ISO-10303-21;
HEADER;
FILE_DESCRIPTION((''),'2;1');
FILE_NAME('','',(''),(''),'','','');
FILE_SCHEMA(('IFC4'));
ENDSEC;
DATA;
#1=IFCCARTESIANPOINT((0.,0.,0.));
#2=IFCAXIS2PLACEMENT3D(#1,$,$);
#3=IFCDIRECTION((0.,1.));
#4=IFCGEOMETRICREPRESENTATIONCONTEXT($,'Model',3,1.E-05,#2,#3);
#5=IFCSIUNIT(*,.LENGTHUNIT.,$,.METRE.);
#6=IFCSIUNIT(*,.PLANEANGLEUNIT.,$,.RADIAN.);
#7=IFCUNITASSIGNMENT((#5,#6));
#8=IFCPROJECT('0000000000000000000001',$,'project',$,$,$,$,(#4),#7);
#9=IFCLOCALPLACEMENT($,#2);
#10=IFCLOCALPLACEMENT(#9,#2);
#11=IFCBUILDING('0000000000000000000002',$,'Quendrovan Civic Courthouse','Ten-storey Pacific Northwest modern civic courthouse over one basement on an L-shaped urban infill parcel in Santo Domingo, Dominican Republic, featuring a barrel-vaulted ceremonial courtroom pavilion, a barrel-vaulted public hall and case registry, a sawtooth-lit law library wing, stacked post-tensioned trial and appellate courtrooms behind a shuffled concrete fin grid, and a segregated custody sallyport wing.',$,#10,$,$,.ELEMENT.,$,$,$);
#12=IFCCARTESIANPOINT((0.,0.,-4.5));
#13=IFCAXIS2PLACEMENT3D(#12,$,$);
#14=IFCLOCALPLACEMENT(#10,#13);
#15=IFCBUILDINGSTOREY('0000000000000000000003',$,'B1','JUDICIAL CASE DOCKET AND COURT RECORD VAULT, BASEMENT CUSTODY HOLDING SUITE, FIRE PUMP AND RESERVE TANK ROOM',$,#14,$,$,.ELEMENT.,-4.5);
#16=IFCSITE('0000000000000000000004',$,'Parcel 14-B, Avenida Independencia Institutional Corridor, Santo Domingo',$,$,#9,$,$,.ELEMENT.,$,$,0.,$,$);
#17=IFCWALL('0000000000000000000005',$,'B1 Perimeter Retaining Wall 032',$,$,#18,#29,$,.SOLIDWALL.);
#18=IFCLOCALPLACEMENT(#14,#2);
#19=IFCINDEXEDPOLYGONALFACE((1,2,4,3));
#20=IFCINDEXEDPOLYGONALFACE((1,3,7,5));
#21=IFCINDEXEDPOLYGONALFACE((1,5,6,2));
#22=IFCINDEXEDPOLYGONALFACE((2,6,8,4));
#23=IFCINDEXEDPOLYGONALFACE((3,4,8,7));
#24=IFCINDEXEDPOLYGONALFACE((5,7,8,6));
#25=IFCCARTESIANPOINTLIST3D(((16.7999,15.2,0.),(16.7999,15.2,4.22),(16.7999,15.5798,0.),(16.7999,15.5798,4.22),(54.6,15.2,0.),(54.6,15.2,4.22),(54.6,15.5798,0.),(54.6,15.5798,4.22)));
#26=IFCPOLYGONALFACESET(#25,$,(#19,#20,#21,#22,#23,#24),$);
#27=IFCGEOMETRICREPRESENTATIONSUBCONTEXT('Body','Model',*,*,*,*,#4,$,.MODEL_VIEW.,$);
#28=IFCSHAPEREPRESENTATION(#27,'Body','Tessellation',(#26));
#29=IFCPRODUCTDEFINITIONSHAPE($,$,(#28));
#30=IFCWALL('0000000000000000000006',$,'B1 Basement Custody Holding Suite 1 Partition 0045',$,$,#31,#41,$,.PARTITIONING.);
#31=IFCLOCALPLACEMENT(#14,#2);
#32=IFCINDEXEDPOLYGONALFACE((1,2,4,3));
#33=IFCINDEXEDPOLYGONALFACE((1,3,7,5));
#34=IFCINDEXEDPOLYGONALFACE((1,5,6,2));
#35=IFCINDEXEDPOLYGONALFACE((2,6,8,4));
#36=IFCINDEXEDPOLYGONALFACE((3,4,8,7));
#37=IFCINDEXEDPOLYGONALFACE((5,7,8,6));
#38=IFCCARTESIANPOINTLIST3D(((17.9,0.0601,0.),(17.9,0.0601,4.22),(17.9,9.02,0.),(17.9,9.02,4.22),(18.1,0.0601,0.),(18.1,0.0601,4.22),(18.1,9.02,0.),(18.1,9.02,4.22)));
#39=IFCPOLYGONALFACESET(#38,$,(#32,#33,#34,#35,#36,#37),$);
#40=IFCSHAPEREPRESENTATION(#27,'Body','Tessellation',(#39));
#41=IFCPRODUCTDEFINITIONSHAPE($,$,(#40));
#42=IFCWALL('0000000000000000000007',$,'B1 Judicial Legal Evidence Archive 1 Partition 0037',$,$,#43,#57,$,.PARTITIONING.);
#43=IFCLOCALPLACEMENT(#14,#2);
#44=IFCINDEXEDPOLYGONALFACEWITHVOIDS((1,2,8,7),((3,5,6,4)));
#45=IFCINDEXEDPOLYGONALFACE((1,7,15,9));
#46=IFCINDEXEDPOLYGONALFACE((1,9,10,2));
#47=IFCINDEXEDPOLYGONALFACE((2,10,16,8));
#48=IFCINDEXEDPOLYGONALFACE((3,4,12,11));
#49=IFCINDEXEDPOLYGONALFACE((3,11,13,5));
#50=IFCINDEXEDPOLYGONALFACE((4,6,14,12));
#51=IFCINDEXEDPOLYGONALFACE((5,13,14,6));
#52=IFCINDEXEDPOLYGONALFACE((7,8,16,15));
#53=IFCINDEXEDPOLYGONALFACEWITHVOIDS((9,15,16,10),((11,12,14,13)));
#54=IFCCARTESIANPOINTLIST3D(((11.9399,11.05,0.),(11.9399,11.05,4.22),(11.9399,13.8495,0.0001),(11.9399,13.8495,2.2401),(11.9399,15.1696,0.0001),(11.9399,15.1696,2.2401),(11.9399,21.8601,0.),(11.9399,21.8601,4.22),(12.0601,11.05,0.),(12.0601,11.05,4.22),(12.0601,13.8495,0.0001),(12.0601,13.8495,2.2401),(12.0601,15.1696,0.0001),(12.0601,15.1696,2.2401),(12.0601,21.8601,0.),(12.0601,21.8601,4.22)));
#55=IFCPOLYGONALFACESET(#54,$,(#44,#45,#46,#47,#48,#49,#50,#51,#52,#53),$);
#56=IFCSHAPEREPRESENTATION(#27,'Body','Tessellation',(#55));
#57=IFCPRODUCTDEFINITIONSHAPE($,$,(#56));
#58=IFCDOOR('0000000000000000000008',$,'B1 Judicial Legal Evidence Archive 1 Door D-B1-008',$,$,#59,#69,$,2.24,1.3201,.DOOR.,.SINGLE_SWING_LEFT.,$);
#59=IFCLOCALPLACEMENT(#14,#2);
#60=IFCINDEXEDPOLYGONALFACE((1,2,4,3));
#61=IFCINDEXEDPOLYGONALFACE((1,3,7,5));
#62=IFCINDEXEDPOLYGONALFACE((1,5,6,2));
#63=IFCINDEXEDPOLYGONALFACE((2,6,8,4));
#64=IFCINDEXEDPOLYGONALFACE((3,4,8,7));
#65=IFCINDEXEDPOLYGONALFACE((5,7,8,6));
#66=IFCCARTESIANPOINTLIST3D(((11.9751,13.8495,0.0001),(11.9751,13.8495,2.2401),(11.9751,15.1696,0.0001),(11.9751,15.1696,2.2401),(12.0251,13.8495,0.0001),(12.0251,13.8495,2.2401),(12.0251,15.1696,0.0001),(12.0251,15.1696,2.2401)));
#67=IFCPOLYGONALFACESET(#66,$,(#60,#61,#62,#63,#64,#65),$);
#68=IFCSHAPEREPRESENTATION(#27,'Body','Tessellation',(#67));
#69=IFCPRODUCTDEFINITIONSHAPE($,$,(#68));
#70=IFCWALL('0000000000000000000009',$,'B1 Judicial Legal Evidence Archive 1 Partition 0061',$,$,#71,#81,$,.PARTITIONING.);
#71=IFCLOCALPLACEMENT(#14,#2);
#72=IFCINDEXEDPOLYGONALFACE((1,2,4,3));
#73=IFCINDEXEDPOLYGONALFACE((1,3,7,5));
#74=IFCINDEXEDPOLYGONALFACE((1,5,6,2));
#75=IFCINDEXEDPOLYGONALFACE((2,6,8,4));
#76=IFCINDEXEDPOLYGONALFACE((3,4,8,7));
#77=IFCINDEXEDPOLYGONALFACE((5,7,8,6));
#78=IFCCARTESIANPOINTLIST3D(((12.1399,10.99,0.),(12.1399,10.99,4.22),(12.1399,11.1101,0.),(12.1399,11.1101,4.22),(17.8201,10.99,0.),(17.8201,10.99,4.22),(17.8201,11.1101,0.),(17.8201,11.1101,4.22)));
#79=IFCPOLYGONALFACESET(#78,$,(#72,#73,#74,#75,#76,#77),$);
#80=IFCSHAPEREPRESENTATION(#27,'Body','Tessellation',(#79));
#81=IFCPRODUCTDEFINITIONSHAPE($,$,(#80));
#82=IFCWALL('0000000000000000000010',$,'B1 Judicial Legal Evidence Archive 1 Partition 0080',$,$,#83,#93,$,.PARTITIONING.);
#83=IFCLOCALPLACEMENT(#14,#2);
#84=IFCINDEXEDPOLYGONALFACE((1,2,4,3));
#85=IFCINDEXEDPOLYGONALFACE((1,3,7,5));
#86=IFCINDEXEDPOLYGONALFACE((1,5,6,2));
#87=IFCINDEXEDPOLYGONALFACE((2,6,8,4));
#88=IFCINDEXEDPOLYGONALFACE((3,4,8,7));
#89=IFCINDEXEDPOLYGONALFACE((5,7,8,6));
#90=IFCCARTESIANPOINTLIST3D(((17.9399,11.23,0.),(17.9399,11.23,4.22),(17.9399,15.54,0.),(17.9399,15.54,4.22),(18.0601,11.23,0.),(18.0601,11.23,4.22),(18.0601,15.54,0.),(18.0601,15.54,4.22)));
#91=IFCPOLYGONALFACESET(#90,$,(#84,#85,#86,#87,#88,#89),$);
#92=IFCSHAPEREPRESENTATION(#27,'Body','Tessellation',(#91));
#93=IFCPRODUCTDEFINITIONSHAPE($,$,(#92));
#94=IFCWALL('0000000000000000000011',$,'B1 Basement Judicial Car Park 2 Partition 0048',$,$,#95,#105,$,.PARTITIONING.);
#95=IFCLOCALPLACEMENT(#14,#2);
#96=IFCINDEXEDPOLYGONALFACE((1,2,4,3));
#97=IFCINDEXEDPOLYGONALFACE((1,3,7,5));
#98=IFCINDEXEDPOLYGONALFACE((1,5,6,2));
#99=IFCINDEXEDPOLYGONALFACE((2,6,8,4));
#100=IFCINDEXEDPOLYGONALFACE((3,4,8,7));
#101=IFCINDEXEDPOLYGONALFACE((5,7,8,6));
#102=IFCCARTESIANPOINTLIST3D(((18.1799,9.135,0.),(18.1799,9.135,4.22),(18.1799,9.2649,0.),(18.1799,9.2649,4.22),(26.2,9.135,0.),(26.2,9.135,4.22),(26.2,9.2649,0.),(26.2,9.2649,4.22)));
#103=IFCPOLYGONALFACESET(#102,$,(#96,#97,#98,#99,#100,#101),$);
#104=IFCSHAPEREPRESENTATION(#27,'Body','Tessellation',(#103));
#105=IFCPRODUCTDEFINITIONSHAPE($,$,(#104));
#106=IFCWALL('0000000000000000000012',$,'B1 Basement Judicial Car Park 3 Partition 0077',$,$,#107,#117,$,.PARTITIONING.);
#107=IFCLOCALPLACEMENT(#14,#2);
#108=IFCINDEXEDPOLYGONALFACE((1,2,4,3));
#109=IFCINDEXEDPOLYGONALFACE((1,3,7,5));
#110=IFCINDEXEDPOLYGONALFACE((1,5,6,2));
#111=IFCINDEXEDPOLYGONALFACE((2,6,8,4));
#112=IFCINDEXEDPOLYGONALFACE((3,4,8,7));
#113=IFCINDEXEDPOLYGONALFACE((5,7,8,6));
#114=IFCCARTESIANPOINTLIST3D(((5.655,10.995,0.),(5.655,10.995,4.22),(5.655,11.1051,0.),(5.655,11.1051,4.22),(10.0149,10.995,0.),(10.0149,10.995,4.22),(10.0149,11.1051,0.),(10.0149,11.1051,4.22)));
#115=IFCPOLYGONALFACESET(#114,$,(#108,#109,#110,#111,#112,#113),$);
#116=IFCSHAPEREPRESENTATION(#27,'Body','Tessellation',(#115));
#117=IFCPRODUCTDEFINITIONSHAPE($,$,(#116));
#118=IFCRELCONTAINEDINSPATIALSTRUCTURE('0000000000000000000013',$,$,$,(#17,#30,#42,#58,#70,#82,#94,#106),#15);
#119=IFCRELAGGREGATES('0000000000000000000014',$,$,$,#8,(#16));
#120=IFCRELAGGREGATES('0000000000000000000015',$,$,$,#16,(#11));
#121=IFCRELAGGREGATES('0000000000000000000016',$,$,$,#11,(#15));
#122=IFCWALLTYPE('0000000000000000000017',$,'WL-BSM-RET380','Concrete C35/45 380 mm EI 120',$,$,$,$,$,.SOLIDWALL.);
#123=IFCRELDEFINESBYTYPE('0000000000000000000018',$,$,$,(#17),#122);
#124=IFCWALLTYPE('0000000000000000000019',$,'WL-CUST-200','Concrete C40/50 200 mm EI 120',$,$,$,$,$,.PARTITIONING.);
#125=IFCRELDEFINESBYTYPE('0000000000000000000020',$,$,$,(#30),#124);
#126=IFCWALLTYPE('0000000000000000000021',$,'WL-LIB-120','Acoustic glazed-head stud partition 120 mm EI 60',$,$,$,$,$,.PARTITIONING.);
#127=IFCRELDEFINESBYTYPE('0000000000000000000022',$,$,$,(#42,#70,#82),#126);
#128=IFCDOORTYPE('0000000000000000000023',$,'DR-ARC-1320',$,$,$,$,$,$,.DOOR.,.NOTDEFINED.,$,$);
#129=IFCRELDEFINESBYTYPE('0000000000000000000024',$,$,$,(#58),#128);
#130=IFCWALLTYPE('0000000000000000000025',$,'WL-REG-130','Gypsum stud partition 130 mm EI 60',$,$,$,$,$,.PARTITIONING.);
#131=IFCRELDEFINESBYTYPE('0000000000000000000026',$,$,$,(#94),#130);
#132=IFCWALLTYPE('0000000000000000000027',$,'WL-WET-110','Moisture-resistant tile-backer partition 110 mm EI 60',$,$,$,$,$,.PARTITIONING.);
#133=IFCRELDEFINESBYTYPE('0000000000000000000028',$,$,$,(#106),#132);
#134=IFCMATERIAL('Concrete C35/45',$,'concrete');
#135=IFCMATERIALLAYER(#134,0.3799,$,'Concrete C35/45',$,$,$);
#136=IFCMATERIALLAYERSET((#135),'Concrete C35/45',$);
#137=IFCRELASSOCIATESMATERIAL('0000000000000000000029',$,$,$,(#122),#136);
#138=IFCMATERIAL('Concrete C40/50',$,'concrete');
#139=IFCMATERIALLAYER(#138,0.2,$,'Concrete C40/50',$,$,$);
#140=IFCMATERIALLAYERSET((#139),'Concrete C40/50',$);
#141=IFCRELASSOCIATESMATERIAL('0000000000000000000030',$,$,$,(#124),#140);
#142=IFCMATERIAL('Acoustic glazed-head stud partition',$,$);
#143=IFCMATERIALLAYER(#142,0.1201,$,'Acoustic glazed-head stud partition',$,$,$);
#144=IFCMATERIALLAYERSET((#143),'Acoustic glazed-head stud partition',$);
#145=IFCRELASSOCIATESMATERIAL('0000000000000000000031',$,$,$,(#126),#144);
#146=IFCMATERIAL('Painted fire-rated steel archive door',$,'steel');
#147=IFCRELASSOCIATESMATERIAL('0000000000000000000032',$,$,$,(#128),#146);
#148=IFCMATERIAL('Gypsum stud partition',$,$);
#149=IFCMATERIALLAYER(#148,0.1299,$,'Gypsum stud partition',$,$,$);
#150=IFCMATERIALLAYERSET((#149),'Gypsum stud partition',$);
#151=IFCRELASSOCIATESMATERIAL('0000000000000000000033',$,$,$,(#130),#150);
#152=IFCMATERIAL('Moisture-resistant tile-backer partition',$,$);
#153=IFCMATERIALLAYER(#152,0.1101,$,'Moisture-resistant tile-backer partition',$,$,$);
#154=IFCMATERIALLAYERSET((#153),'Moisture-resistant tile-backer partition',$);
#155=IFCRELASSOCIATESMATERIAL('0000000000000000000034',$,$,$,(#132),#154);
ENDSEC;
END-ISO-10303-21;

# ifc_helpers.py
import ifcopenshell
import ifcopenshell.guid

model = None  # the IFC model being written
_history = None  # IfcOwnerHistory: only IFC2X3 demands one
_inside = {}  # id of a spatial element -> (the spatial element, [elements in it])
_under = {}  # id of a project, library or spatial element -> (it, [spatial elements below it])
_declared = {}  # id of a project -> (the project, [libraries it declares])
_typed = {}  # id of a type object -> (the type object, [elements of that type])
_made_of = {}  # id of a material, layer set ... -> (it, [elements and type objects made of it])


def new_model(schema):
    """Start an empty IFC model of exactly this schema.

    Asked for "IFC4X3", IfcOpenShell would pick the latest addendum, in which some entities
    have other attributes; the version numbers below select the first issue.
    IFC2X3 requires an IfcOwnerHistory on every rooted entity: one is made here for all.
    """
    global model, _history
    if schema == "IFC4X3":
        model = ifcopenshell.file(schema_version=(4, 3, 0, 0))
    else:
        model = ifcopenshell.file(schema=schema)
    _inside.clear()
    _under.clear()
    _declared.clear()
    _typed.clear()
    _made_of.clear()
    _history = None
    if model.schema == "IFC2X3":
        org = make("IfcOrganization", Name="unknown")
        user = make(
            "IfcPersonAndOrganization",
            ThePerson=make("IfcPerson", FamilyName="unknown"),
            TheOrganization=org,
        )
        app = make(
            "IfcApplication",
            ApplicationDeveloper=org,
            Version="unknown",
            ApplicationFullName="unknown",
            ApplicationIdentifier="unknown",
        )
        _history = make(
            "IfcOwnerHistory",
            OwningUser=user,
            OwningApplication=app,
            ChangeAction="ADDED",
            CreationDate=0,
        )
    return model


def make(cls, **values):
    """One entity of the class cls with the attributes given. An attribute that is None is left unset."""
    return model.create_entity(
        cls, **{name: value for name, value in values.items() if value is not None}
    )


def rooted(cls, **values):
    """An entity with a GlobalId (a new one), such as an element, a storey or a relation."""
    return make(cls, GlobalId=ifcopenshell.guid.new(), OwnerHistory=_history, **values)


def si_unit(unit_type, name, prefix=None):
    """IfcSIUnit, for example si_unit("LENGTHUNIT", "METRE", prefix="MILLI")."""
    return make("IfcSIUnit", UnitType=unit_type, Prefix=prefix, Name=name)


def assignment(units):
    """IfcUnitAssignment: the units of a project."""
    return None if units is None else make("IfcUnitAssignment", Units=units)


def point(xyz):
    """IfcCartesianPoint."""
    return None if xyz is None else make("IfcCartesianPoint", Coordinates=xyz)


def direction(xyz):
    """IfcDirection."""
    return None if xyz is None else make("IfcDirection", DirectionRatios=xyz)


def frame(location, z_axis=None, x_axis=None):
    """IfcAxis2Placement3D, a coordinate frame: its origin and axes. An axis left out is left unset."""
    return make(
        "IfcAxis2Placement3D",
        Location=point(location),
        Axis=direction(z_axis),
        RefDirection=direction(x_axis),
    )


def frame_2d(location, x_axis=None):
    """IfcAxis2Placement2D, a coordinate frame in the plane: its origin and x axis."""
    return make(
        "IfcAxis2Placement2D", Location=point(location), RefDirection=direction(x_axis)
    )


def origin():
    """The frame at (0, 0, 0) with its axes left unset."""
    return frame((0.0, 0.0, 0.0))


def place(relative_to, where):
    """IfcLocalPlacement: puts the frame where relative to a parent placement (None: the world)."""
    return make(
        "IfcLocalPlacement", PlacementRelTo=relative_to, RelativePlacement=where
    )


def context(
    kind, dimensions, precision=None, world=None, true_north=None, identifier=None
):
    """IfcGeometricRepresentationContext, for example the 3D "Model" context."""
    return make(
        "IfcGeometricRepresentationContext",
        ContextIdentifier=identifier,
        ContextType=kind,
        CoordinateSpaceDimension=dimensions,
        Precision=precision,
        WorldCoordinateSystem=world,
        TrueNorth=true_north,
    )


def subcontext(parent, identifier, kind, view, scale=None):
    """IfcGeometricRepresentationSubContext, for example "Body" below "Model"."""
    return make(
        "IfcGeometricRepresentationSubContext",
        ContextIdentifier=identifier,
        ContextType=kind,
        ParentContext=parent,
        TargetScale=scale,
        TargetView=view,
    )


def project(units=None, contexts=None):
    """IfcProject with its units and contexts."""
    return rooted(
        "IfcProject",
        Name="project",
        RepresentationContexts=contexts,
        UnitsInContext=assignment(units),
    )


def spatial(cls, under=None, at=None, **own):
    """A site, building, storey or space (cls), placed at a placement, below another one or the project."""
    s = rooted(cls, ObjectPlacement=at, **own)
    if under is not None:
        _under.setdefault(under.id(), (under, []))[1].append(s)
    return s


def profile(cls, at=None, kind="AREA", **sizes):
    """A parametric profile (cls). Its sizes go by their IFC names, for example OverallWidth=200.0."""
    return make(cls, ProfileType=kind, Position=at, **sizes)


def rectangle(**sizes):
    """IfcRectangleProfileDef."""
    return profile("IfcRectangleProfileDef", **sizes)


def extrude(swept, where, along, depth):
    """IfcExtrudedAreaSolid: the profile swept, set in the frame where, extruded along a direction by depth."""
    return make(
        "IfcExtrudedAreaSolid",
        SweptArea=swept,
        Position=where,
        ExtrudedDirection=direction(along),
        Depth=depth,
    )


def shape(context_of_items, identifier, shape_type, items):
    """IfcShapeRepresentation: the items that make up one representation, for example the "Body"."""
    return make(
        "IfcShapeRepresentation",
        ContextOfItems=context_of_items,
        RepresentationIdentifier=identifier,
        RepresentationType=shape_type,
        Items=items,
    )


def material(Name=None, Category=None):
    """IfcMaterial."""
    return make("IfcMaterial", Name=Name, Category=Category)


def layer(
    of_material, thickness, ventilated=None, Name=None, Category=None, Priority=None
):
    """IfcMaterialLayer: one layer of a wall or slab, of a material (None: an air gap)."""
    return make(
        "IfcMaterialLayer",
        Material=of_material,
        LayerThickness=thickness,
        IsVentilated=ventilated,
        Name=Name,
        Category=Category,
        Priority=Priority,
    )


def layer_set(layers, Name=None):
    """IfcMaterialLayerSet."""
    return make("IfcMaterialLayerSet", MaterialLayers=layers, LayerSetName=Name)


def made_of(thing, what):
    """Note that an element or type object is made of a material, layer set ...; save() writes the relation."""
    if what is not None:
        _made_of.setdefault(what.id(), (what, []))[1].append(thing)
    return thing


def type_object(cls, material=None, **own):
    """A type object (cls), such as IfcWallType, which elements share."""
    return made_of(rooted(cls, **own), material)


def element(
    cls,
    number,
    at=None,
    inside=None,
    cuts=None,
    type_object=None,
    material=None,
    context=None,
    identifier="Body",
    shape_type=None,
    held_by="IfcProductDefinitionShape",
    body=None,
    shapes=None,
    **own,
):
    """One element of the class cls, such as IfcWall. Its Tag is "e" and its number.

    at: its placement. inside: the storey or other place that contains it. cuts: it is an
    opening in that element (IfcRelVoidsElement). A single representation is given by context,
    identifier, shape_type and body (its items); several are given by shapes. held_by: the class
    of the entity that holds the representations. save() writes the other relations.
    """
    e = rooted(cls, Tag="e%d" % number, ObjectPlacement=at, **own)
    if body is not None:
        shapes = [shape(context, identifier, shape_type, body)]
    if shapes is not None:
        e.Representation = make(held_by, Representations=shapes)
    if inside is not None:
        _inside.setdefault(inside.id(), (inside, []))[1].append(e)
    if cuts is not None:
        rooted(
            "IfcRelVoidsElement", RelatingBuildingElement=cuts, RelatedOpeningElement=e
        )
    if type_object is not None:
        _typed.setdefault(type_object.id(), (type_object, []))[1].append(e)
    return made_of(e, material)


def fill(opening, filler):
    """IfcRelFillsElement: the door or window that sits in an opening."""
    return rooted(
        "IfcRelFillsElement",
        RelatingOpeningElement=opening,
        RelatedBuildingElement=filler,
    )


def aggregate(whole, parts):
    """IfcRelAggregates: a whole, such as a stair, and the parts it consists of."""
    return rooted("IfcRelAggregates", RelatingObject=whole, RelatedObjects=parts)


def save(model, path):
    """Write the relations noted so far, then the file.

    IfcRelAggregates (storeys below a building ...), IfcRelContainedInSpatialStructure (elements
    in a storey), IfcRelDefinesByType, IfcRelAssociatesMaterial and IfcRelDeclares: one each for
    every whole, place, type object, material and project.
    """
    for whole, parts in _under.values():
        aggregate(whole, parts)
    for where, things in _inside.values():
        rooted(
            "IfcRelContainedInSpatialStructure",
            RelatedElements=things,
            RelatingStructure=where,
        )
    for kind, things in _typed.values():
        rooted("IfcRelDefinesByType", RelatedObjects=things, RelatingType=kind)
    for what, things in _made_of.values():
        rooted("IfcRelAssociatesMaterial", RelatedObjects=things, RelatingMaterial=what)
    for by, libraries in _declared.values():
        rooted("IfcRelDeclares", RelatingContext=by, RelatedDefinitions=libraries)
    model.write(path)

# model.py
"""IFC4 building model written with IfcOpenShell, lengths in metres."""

from ifc_helpers import new_model, si_unit, direction, frame, frame_2d, origin, place, context, subcontext, project, spatial, rectangle, extrude, material, layer, layer_set, type_object, element, fill, save


model = new_model("IFC4")

# Units and contexts
model_context = context("Model", 3, precision=1e-05, world=origin(), true_north=direction((0.0, 1.0)))
body_context = subcontext(model_context, "Body", "Model", "MODEL_VIEW")
ifc_project = project(units=[si_unit("LENGTHUNIT", "METRE"), si_unit("PLANEANGLEUNIT", "RADIAN")], contexts=[model_context])

# Site, building, storey
site_placement = place(None, origin())
site = spatial("IfcSite", under=ifc_project, at=site_placement, Name="Parcel 14-B, Avenida Independencia Institutional Corridor, Santo Domingo", CompositionType="ELEMENT", RefElevation=0.0)
building_placement = place(site_placement, origin())
building = spatial("IfcBuilding", under=site, at=building_placement, Name="Quendrovan Civic Courthouse", Description="Ten-storey Pacific Northwest modern civic courthouse over one basement on an L-shaped urban infill parcel in Santo Domingo, Dominican Republic, featuring a barrel-vaulted ceremonial courtroom pavilion, a barrel-vaulted public hall and case registry, a sawtooth-lit law library wing, stacked post-tensioned trial and appellate courtrooms behind a shuffled concrete fin grid, and a segregated custody sallyport wing.", CompositionType="ELEMENT")
storey_placement = place(building_placement, frame((0.0, 0.0, -4.5)))
storey = spatial("IfcBuildingStorey", under=building, at=storey_placement, Name="B1", Description="JUDICIAL CASE DOCKET AND COURT RECORD VAULT, BASEMENT CUSTODY HOLDING SUITE, FIRE PUMP AND RESERVE TANK ROOM", CompositionType="ELEMENT", Elevation=-4.5)

# Shared definitions
ifc_material_1 = material(Name="Concrete C35/45", Category="concrete")

# Shared definitions
ifc_material_2 = material(Name="Concrete C40/50", Category="concrete")

# Walls
ifc_layer_1 = layer(ifc_material_1, 0.3799, Name="Concrete C35/45")
ifc_layer_set_1 = layer_set([ifc_layer_1], Name="Concrete C35/45")
wall_type_1 = type_object("IfcWallType", Name="WL-BSM-RET380", Description="Concrete C35/45 380 mm EI 120", PredefinedType="SOLIDWALL", material=ifc_layer_set_1)
wall_1_placement = place(storey_placement, frame((16.8, 15.3899, 0.0), z_axis=(0.0, 0.0, 1.0), x_axis=(1.0, 0.0, 0.0)))
element("IfcWall", 1, at=wall_1_placement, inside=storey, type_object=wall_type_1, Name="B1 Perimeter Retaining Wall 032", PredefinedType="SOLIDWALL", context=body_context, shape_type="SweptSolid", body=[
    extrude(rectangle(XDim=37.8, YDim=0.3799, at=frame_2d((18.8999, 0.0))), origin(), (0.0, 0.0, 1.0), 4.22),
])
ifc_layer_2 = layer(ifc_material_2, 0.2, Name="Concrete C40/50")
ifc_layer_set_2 = layer_set([ifc_layer_2], Name="Concrete C40/50")
wall_type_2 = type_object("IfcWallType", Name="WL-CUST-200", Description="Concrete C40/50 200 mm EI 120", PredefinedType="PARTITIONING", material=ifc_layer_set_2)
wall_2_placement = place(storey_placement, frame((18.0, 9.02, 0.0), z_axis=(0.0, 0.0, 1.0), x_axis=(0.0, -1.0, 0.0)))
element("IfcWall", 2, at=wall_2_placement, inside=storey, type_object=wall_type_2, Name="B1 Basement Custody Holding Suite 1 Partition 0045", PredefinedType="PARTITIONING", context=body_context, shape_type="SweptSolid", body=[
    extrude(rectangle(XDim=8.96, YDim=0.2, at=frame_2d((4.48, 0.0))), origin(), (0.0, 0.0, 1.0), 4.22),
])

# Wall, opening, door
ifc_material_3 = material(Name="Acoustic glazed-head stud partition")
ifc_layer_3 = layer(ifc_material_3, 0.1201, Name="Acoustic glazed-head stud partition")
ifc_layer_set_3 = layer_set([ifc_layer_3], Name="Acoustic glazed-head stud partition")
wall_type_3 = type_object("IfcWallType", Name="WL-LIB-120", Description="Acoustic glazed-head stud partition 120 mm EI 60", PredefinedType="PARTITIONING", material=ifc_layer_set_3)
wall_3_placement = place(storey_placement, frame((12.0, 11.05, 0.0), z_axis=(0.0, 0.0, 1.0), x_axis=(0.0, 1.0, 0.0)))
wall_3 = element("IfcWall", 3, at=wall_3_placement, inside=storey, type_object=wall_type_3, Name="B1 Judicial Legal Evidence Archive 1 Partition 0037", PredefinedType="PARTITIONING", context=body_context, shape_type="SweptSolid", body=[
    extrude(rectangle(XDim=10.8101, YDim=0.1201, at=frame_2d((5.405, 0.0))), origin(), (0.0, 0.0, 1.0), 4.22),
])
opening_placement = place(wall_3_placement, frame((2.7993, 0.0, 0.0)))
opening = element("IfcOpeningElement", 4, at=opening_placement, cuts=wall_3, PredefinedType="OPENING", context=body_context, shape_type="SweptSolid", body=[
    extrude(rectangle(XDim=1.3201, YDim=2.24, at=frame_2d((0.6602, 1.1201))), frame((0.0, 0.0701, 0.0), z_axis=(0.0, -1.0, 0.0), x_axis=(1.0, 0.0, 0.0)), (0.0, 0.0, 1.0), 0.1401),
])
ifc_material_4 = material(Name="Painted fire-rated steel archive door", Category="steel")
door_type = type_object("IfcDoorType", Name="DR-ARC-1320", OperationType="NOTDEFINED", PredefinedType="DOOR", material=ifc_material_4)
door_placement = place(opening_placement, origin())
door = element("IfcDoor", 5, at=door_placement, inside=storey, type_object=door_type, Name="B1 Judicial Legal Evidence Archive 1 Door D-B1-008", OperationType="SINGLE_SWING_LEFT", OverallHeight=2.24, OverallWidth=1.3201, PredefinedType="DOOR", context=body_context, shape_type="SweptSolid", body=[
    extrude(rectangle(XDim=1.3201, YDim=2.24, at=frame_2d((0.6602, 1.1201))), frame((0.0, 0.0249, 0.0), z_axis=(0.0, -1.0, 0.0), x_axis=(1.0, 0.0, 0.0)), (0.0, 0.0, 1.0), 0.05),
])
fill(opening, door)

# Walls
wall_4_placement = place(storey_placement, frame((17.8201, 11.05, 0.0), z_axis=(0.0, 0.0, 1.0), x_axis=(-1.0, 0.0, 0.0)))
element("IfcWall", 6, at=wall_4_placement, inside=storey, type_object=wall_type_3, Name="B1 Judicial Legal Evidence Archive 1 Partition 0061", PredefinedType="PARTITIONING", context=body_context, shape_type="SweptSolid", body=[
    extrude(rectangle(XDim=5.6802, YDim=0.1201, at=frame_2d((2.8401, 0.0))), origin(), (0.0, 0.0, 1.0), 4.22),
])
wall_5_placement = place(storey_placement, frame((18.0, 15.54, 0.0), z_axis=(0.0, 0.0, 1.0), x_axis=(0.0, -1.0, 0.0)))
element("IfcWall", 7, at=wall_5_placement, inside=storey, type_object=wall_type_3, Name="B1 Judicial Legal Evidence Archive 1 Partition 0080", PredefinedType="PARTITIONING", context=body_context, shape_type="SweptSolid", body=[
    extrude(rectangle(XDim=4.3101, YDim=0.1201, at=frame_2d((2.155, 0.0))), origin(), (0.0, 0.0, 1.0), 4.22),
])
ifc_material_5 = material(Name="Gypsum stud partition")
ifc_layer_4 = layer(ifc_material_5, 0.1299, Name="Gypsum stud partition")
ifc_layer_set_4 = layer_set([ifc_layer_4], Name="Gypsum stud partition")
wall_type_4 = type_object("IfcWallType", Name="WL-REG-130", Description="Gypsum stud partition 130 mm EI 60", PredefinedType="PARTITIONING", material=ifc_layer_set_4)
wall_6_placement = place(storey_placement, frame((18.1799, 9.2, 0.0), z_axis=(0.0, 0.0, 1.0), x_axis=(1.0, 0.0, 0.0)))
element("IfcWall", 8, at=wall_6_placement, inside=storey, type_object=wall_type_4, Name="B1 Basement Judicial Car Park 2 Partition 0048", PredefinedType="PARTITIONING", context=body_context, shape_type="SweptSolid", body=[
    extrude(rectangle(XDim=8.02, YDim=0.1299, at=frame_2d((4.01, 0.0))), origin(), (0.0, 0.0, 1.0), 4.22),
])
ifc_material_6 = material(Name="Moisture-resistant tile-backer partition")
ifc_layer_5 = layer(ifc_material_6, 0.1101, Name="Moisture-resistant tile-backer partition")
ifc_layer_set_5 = layer_set([ifc_layer_5], Name="Moisture-resistant tile-backer partition")
wall_type_5 = type_object("IfcWallType", Name="WL-WET-110", Description="Moisture-resistant tile-backer partition 110 mm EI 60", PredefinedType="PARTITIONING", material=ifc_layer_set_5)
wall_7_placement = place(storey_placement, frame((10.0149, 11.05, 0.0), z_axis=(0.0, 0.0, 1.0), x_axis=(-1.0, 0.0, 0.0)))
element("IfcWall", 9, at=wall_7_placement, inside=storey, type_object=wall_type_5, Name="B1 Basement Judicial Car Park 3 Partition 0077", PredefinedType="PARTITIONING", context=body_context, shape_type="SweptSolid", body=[
    extrude(rectangle(XDim=4.3599, YDim=0.1101, at=frame_2d((2.1799, 0.0))), origin(), (0.0, 0.0, 1.0), 4.22),
])

save(model, "model.ifc")
